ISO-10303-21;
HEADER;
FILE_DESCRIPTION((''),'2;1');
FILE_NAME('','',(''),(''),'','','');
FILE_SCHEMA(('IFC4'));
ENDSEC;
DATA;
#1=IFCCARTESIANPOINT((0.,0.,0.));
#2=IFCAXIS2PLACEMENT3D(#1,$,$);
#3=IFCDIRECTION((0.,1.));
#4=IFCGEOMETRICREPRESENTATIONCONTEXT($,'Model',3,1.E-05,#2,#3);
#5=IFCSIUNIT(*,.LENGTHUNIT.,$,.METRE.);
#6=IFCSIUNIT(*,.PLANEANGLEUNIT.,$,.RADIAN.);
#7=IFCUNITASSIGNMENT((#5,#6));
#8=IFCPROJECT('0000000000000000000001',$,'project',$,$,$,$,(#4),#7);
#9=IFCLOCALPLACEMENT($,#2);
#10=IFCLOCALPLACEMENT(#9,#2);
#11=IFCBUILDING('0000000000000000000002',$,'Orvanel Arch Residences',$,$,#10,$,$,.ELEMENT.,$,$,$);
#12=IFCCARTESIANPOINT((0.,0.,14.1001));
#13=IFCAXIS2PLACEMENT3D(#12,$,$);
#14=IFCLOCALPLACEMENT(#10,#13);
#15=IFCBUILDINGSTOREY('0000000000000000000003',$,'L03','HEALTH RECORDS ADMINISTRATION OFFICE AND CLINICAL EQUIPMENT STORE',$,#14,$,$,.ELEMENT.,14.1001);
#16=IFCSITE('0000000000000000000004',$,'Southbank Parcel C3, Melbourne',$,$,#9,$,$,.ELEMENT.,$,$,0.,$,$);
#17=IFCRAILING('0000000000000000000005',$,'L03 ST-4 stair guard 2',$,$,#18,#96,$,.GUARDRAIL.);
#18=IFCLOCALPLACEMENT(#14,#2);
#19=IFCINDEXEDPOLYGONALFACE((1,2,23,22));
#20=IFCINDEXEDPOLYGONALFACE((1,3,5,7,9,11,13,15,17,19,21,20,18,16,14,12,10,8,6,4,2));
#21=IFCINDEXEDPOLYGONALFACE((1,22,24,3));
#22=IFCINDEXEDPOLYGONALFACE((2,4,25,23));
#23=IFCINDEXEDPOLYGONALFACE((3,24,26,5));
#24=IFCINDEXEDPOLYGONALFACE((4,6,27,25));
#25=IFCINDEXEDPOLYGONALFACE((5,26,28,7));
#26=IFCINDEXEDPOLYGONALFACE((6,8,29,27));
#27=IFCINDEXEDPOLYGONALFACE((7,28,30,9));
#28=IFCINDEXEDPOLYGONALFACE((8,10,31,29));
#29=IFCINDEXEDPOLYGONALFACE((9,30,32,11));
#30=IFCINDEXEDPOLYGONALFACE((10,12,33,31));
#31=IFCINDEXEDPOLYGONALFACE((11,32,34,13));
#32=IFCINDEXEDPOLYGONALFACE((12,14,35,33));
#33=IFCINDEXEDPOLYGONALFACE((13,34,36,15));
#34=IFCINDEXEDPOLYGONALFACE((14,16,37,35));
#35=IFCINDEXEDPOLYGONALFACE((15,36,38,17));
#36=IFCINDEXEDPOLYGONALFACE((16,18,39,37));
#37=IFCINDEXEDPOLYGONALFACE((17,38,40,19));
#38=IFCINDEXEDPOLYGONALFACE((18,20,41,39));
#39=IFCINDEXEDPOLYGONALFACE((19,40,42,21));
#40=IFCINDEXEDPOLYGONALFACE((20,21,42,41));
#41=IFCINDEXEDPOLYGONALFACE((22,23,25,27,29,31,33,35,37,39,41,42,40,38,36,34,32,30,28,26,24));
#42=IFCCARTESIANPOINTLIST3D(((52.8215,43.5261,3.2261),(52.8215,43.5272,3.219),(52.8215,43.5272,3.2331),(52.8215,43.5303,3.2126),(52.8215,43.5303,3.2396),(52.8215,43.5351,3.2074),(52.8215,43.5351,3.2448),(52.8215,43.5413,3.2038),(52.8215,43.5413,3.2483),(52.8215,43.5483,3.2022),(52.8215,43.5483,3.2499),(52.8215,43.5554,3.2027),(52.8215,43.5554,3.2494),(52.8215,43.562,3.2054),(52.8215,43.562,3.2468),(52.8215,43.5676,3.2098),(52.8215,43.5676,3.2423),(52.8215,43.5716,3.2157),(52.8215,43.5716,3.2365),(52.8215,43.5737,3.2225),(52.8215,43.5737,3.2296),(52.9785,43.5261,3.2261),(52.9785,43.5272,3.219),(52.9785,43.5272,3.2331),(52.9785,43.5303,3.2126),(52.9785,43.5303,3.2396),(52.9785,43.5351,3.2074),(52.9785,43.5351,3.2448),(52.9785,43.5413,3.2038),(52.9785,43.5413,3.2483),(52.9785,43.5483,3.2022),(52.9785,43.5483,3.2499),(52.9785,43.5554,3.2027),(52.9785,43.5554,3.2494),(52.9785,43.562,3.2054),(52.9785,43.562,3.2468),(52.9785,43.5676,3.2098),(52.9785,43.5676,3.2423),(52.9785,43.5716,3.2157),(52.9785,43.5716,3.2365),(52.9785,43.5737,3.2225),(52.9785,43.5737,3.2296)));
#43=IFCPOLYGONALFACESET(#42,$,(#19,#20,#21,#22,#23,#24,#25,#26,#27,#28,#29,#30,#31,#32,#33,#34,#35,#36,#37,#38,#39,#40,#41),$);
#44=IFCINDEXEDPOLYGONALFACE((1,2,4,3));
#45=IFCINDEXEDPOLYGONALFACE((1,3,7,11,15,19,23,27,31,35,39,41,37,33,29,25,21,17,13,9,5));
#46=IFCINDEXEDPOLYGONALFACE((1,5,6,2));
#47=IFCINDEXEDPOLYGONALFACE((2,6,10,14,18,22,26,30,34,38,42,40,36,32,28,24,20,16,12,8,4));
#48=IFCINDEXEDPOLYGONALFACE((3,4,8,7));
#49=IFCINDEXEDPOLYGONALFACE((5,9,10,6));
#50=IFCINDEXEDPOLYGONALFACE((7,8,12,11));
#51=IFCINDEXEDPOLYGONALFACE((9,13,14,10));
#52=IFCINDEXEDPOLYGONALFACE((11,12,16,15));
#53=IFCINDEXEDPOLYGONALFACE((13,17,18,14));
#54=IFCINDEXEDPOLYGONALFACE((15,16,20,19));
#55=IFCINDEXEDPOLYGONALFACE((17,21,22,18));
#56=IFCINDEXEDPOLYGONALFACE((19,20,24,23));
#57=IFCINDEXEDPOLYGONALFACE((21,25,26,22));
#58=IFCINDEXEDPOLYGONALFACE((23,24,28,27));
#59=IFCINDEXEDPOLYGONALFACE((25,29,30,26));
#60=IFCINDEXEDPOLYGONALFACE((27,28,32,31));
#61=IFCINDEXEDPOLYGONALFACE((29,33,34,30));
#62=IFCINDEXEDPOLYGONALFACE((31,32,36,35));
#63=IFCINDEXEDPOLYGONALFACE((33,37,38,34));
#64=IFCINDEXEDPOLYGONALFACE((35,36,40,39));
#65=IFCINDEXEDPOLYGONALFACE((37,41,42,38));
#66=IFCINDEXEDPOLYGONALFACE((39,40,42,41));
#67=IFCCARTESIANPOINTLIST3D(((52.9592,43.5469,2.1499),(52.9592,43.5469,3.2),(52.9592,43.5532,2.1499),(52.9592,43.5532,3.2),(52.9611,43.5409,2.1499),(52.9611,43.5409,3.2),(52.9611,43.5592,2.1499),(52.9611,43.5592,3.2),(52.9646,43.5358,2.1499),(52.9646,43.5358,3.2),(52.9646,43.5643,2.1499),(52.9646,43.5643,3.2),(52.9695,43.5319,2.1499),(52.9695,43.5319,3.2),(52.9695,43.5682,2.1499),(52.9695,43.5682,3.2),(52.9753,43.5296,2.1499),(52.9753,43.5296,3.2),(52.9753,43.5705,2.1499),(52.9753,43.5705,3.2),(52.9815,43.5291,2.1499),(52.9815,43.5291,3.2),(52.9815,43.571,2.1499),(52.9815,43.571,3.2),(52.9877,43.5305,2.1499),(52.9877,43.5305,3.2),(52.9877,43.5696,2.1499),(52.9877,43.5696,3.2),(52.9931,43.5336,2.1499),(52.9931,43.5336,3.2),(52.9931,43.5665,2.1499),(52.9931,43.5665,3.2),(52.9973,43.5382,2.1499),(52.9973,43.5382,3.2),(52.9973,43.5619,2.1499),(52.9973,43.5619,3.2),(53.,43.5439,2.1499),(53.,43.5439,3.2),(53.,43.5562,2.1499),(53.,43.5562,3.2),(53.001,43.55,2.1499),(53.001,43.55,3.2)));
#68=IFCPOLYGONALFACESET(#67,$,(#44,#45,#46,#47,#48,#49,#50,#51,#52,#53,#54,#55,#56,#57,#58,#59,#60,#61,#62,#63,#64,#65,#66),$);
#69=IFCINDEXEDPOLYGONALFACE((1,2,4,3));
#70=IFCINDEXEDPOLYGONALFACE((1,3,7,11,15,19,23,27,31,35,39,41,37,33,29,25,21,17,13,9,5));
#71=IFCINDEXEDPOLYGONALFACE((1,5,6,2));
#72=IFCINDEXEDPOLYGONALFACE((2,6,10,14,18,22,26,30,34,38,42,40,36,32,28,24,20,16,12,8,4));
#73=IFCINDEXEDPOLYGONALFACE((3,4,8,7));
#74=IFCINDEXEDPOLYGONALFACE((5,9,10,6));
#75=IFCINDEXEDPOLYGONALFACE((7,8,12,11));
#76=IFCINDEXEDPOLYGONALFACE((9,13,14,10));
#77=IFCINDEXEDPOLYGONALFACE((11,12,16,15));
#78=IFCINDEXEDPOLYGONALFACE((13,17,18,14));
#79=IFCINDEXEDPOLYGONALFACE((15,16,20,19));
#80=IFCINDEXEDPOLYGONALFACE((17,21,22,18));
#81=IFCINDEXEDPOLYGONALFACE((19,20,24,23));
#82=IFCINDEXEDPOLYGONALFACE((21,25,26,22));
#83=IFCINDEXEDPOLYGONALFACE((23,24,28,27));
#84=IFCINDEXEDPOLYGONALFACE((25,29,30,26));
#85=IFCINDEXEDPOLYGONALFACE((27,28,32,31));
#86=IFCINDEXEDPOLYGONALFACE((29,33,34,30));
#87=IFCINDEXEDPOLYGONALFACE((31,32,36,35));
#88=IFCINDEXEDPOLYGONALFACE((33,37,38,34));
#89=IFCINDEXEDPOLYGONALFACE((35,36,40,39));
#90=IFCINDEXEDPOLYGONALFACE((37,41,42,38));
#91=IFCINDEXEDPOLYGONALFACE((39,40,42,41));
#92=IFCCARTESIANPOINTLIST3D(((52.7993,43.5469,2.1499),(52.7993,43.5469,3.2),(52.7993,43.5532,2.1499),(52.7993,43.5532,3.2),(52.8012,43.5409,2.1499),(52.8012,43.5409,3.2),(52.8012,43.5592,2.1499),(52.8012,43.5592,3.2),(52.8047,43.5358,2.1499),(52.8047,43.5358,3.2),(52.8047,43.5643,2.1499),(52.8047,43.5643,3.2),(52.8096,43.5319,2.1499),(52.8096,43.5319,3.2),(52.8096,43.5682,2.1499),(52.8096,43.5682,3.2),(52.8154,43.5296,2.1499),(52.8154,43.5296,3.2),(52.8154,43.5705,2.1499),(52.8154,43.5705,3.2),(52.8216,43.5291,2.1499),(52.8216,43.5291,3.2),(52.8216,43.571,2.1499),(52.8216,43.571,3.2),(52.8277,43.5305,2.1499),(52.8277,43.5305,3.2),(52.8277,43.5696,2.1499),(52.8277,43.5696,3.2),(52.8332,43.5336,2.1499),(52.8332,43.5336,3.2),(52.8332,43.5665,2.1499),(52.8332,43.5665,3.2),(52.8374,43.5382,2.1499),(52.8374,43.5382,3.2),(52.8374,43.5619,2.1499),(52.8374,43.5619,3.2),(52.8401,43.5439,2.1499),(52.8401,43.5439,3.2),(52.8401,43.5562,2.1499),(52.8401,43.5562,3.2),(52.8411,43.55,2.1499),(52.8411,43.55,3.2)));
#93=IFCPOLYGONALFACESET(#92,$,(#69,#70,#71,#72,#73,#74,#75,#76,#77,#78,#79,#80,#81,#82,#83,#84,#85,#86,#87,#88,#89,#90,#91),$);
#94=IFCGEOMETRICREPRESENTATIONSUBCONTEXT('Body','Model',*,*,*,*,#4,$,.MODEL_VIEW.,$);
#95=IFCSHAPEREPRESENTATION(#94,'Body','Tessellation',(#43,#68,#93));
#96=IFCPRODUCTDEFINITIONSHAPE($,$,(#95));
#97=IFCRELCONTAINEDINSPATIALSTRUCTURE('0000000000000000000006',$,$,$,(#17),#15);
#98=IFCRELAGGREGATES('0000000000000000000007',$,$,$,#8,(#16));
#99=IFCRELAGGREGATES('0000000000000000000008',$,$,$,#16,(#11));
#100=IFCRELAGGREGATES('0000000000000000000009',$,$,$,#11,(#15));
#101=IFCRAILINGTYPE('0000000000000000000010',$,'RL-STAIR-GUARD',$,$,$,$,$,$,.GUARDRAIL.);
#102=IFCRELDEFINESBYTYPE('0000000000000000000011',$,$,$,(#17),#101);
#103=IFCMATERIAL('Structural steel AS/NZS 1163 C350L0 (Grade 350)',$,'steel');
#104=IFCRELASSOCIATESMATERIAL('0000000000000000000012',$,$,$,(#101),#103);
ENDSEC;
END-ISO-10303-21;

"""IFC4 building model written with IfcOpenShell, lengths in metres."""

from ifc_helpers import new_model, si_unit, direction, frame, origin, origin_2d, place, context, subcontext, project, spatial, circle, extrude, material, type_object, element, save


model = new_model("IFC4")

# Units and contexts
model_context = context("Model", 3, precision=1e-05, world=origin(), true_north=direction((0.0, 1.0)))
body_context = subcontext(model_context, "Body", "Model", "MODEL_VIEW")
ifc_project = project(units=[si_unit("LENGTHUNIT", "METRE"), si_unit("PLANEANGLEUNIT", "RADIAN")], contexts=[model_context])

# Site, building, storey
site_placement = place(None, origin())
site = spatial("IfcSite", under=ifc_project, at=site_placement, Name="Southbank Parcel C3, Melbourne", CompositionType="ELEMENT", RefElevation=0.0)
building_placement = place(site_placement, origin())
building = spatial("IfcBuilding", under=site, at=building_placement, Name="Orvanel Arch Residences", CompositionType="ELEMENT")
storey_placement = place(building_placement, frame((0.0, 0.0, 14.1001)))
storey = spatial("IfcBuildingStorey", under=building, at=storey_placement, Name="L03", Description="HEALTH RECORDS ADMINISTRATION OFFICE AND CLINICAL EQUIPMENT STORE", CompositionType="ELEMENT", Elevation=14.1001)

# Railing
ifc_material_1 = material(Name="Structural steel AS/NZS 1163 C350L0 (Grade 350)", Category="steel")
railing_type_1 = type_object("IfcRailingType", Name="RL-STAIR-GUARD", PredefinedType="GUARDRAIL", material=ifc_material_1)
railing_1_placement = place(storey_placement, frame((52.98, 43.55, 2.1499)))
element("IfcRailing", 1, at=railing_1_placement, inside=storey, type_object=railing_type_1, Name="L03 ST-4 stair guard 2", PredefinedType="GUARDRAIL", context=body_context, shape_type="SweptSolid", body=[
    extrude(circle(Radius=0.0239, at=origin_2d()), frame((-0.0015, 0.0, 1.0762), z_axis=(-1.0, 0.0, 0.0), x_axis=(0.0, -1.0, 0.0)), (0.0, 0.0, 1.0), 0.157),
    extrude(circle(Radius=0.021, at=origin_2d()), origin(), (0.0, 0.0, 1.0), 1.05),
    extrude(circle(Radius=0.021, at=origin_2d()), frame((-0.1599, 0.0, 0.0)), (0.0, 0.0, 1.0), 1.05),
])

save(model, "model.ifc")
